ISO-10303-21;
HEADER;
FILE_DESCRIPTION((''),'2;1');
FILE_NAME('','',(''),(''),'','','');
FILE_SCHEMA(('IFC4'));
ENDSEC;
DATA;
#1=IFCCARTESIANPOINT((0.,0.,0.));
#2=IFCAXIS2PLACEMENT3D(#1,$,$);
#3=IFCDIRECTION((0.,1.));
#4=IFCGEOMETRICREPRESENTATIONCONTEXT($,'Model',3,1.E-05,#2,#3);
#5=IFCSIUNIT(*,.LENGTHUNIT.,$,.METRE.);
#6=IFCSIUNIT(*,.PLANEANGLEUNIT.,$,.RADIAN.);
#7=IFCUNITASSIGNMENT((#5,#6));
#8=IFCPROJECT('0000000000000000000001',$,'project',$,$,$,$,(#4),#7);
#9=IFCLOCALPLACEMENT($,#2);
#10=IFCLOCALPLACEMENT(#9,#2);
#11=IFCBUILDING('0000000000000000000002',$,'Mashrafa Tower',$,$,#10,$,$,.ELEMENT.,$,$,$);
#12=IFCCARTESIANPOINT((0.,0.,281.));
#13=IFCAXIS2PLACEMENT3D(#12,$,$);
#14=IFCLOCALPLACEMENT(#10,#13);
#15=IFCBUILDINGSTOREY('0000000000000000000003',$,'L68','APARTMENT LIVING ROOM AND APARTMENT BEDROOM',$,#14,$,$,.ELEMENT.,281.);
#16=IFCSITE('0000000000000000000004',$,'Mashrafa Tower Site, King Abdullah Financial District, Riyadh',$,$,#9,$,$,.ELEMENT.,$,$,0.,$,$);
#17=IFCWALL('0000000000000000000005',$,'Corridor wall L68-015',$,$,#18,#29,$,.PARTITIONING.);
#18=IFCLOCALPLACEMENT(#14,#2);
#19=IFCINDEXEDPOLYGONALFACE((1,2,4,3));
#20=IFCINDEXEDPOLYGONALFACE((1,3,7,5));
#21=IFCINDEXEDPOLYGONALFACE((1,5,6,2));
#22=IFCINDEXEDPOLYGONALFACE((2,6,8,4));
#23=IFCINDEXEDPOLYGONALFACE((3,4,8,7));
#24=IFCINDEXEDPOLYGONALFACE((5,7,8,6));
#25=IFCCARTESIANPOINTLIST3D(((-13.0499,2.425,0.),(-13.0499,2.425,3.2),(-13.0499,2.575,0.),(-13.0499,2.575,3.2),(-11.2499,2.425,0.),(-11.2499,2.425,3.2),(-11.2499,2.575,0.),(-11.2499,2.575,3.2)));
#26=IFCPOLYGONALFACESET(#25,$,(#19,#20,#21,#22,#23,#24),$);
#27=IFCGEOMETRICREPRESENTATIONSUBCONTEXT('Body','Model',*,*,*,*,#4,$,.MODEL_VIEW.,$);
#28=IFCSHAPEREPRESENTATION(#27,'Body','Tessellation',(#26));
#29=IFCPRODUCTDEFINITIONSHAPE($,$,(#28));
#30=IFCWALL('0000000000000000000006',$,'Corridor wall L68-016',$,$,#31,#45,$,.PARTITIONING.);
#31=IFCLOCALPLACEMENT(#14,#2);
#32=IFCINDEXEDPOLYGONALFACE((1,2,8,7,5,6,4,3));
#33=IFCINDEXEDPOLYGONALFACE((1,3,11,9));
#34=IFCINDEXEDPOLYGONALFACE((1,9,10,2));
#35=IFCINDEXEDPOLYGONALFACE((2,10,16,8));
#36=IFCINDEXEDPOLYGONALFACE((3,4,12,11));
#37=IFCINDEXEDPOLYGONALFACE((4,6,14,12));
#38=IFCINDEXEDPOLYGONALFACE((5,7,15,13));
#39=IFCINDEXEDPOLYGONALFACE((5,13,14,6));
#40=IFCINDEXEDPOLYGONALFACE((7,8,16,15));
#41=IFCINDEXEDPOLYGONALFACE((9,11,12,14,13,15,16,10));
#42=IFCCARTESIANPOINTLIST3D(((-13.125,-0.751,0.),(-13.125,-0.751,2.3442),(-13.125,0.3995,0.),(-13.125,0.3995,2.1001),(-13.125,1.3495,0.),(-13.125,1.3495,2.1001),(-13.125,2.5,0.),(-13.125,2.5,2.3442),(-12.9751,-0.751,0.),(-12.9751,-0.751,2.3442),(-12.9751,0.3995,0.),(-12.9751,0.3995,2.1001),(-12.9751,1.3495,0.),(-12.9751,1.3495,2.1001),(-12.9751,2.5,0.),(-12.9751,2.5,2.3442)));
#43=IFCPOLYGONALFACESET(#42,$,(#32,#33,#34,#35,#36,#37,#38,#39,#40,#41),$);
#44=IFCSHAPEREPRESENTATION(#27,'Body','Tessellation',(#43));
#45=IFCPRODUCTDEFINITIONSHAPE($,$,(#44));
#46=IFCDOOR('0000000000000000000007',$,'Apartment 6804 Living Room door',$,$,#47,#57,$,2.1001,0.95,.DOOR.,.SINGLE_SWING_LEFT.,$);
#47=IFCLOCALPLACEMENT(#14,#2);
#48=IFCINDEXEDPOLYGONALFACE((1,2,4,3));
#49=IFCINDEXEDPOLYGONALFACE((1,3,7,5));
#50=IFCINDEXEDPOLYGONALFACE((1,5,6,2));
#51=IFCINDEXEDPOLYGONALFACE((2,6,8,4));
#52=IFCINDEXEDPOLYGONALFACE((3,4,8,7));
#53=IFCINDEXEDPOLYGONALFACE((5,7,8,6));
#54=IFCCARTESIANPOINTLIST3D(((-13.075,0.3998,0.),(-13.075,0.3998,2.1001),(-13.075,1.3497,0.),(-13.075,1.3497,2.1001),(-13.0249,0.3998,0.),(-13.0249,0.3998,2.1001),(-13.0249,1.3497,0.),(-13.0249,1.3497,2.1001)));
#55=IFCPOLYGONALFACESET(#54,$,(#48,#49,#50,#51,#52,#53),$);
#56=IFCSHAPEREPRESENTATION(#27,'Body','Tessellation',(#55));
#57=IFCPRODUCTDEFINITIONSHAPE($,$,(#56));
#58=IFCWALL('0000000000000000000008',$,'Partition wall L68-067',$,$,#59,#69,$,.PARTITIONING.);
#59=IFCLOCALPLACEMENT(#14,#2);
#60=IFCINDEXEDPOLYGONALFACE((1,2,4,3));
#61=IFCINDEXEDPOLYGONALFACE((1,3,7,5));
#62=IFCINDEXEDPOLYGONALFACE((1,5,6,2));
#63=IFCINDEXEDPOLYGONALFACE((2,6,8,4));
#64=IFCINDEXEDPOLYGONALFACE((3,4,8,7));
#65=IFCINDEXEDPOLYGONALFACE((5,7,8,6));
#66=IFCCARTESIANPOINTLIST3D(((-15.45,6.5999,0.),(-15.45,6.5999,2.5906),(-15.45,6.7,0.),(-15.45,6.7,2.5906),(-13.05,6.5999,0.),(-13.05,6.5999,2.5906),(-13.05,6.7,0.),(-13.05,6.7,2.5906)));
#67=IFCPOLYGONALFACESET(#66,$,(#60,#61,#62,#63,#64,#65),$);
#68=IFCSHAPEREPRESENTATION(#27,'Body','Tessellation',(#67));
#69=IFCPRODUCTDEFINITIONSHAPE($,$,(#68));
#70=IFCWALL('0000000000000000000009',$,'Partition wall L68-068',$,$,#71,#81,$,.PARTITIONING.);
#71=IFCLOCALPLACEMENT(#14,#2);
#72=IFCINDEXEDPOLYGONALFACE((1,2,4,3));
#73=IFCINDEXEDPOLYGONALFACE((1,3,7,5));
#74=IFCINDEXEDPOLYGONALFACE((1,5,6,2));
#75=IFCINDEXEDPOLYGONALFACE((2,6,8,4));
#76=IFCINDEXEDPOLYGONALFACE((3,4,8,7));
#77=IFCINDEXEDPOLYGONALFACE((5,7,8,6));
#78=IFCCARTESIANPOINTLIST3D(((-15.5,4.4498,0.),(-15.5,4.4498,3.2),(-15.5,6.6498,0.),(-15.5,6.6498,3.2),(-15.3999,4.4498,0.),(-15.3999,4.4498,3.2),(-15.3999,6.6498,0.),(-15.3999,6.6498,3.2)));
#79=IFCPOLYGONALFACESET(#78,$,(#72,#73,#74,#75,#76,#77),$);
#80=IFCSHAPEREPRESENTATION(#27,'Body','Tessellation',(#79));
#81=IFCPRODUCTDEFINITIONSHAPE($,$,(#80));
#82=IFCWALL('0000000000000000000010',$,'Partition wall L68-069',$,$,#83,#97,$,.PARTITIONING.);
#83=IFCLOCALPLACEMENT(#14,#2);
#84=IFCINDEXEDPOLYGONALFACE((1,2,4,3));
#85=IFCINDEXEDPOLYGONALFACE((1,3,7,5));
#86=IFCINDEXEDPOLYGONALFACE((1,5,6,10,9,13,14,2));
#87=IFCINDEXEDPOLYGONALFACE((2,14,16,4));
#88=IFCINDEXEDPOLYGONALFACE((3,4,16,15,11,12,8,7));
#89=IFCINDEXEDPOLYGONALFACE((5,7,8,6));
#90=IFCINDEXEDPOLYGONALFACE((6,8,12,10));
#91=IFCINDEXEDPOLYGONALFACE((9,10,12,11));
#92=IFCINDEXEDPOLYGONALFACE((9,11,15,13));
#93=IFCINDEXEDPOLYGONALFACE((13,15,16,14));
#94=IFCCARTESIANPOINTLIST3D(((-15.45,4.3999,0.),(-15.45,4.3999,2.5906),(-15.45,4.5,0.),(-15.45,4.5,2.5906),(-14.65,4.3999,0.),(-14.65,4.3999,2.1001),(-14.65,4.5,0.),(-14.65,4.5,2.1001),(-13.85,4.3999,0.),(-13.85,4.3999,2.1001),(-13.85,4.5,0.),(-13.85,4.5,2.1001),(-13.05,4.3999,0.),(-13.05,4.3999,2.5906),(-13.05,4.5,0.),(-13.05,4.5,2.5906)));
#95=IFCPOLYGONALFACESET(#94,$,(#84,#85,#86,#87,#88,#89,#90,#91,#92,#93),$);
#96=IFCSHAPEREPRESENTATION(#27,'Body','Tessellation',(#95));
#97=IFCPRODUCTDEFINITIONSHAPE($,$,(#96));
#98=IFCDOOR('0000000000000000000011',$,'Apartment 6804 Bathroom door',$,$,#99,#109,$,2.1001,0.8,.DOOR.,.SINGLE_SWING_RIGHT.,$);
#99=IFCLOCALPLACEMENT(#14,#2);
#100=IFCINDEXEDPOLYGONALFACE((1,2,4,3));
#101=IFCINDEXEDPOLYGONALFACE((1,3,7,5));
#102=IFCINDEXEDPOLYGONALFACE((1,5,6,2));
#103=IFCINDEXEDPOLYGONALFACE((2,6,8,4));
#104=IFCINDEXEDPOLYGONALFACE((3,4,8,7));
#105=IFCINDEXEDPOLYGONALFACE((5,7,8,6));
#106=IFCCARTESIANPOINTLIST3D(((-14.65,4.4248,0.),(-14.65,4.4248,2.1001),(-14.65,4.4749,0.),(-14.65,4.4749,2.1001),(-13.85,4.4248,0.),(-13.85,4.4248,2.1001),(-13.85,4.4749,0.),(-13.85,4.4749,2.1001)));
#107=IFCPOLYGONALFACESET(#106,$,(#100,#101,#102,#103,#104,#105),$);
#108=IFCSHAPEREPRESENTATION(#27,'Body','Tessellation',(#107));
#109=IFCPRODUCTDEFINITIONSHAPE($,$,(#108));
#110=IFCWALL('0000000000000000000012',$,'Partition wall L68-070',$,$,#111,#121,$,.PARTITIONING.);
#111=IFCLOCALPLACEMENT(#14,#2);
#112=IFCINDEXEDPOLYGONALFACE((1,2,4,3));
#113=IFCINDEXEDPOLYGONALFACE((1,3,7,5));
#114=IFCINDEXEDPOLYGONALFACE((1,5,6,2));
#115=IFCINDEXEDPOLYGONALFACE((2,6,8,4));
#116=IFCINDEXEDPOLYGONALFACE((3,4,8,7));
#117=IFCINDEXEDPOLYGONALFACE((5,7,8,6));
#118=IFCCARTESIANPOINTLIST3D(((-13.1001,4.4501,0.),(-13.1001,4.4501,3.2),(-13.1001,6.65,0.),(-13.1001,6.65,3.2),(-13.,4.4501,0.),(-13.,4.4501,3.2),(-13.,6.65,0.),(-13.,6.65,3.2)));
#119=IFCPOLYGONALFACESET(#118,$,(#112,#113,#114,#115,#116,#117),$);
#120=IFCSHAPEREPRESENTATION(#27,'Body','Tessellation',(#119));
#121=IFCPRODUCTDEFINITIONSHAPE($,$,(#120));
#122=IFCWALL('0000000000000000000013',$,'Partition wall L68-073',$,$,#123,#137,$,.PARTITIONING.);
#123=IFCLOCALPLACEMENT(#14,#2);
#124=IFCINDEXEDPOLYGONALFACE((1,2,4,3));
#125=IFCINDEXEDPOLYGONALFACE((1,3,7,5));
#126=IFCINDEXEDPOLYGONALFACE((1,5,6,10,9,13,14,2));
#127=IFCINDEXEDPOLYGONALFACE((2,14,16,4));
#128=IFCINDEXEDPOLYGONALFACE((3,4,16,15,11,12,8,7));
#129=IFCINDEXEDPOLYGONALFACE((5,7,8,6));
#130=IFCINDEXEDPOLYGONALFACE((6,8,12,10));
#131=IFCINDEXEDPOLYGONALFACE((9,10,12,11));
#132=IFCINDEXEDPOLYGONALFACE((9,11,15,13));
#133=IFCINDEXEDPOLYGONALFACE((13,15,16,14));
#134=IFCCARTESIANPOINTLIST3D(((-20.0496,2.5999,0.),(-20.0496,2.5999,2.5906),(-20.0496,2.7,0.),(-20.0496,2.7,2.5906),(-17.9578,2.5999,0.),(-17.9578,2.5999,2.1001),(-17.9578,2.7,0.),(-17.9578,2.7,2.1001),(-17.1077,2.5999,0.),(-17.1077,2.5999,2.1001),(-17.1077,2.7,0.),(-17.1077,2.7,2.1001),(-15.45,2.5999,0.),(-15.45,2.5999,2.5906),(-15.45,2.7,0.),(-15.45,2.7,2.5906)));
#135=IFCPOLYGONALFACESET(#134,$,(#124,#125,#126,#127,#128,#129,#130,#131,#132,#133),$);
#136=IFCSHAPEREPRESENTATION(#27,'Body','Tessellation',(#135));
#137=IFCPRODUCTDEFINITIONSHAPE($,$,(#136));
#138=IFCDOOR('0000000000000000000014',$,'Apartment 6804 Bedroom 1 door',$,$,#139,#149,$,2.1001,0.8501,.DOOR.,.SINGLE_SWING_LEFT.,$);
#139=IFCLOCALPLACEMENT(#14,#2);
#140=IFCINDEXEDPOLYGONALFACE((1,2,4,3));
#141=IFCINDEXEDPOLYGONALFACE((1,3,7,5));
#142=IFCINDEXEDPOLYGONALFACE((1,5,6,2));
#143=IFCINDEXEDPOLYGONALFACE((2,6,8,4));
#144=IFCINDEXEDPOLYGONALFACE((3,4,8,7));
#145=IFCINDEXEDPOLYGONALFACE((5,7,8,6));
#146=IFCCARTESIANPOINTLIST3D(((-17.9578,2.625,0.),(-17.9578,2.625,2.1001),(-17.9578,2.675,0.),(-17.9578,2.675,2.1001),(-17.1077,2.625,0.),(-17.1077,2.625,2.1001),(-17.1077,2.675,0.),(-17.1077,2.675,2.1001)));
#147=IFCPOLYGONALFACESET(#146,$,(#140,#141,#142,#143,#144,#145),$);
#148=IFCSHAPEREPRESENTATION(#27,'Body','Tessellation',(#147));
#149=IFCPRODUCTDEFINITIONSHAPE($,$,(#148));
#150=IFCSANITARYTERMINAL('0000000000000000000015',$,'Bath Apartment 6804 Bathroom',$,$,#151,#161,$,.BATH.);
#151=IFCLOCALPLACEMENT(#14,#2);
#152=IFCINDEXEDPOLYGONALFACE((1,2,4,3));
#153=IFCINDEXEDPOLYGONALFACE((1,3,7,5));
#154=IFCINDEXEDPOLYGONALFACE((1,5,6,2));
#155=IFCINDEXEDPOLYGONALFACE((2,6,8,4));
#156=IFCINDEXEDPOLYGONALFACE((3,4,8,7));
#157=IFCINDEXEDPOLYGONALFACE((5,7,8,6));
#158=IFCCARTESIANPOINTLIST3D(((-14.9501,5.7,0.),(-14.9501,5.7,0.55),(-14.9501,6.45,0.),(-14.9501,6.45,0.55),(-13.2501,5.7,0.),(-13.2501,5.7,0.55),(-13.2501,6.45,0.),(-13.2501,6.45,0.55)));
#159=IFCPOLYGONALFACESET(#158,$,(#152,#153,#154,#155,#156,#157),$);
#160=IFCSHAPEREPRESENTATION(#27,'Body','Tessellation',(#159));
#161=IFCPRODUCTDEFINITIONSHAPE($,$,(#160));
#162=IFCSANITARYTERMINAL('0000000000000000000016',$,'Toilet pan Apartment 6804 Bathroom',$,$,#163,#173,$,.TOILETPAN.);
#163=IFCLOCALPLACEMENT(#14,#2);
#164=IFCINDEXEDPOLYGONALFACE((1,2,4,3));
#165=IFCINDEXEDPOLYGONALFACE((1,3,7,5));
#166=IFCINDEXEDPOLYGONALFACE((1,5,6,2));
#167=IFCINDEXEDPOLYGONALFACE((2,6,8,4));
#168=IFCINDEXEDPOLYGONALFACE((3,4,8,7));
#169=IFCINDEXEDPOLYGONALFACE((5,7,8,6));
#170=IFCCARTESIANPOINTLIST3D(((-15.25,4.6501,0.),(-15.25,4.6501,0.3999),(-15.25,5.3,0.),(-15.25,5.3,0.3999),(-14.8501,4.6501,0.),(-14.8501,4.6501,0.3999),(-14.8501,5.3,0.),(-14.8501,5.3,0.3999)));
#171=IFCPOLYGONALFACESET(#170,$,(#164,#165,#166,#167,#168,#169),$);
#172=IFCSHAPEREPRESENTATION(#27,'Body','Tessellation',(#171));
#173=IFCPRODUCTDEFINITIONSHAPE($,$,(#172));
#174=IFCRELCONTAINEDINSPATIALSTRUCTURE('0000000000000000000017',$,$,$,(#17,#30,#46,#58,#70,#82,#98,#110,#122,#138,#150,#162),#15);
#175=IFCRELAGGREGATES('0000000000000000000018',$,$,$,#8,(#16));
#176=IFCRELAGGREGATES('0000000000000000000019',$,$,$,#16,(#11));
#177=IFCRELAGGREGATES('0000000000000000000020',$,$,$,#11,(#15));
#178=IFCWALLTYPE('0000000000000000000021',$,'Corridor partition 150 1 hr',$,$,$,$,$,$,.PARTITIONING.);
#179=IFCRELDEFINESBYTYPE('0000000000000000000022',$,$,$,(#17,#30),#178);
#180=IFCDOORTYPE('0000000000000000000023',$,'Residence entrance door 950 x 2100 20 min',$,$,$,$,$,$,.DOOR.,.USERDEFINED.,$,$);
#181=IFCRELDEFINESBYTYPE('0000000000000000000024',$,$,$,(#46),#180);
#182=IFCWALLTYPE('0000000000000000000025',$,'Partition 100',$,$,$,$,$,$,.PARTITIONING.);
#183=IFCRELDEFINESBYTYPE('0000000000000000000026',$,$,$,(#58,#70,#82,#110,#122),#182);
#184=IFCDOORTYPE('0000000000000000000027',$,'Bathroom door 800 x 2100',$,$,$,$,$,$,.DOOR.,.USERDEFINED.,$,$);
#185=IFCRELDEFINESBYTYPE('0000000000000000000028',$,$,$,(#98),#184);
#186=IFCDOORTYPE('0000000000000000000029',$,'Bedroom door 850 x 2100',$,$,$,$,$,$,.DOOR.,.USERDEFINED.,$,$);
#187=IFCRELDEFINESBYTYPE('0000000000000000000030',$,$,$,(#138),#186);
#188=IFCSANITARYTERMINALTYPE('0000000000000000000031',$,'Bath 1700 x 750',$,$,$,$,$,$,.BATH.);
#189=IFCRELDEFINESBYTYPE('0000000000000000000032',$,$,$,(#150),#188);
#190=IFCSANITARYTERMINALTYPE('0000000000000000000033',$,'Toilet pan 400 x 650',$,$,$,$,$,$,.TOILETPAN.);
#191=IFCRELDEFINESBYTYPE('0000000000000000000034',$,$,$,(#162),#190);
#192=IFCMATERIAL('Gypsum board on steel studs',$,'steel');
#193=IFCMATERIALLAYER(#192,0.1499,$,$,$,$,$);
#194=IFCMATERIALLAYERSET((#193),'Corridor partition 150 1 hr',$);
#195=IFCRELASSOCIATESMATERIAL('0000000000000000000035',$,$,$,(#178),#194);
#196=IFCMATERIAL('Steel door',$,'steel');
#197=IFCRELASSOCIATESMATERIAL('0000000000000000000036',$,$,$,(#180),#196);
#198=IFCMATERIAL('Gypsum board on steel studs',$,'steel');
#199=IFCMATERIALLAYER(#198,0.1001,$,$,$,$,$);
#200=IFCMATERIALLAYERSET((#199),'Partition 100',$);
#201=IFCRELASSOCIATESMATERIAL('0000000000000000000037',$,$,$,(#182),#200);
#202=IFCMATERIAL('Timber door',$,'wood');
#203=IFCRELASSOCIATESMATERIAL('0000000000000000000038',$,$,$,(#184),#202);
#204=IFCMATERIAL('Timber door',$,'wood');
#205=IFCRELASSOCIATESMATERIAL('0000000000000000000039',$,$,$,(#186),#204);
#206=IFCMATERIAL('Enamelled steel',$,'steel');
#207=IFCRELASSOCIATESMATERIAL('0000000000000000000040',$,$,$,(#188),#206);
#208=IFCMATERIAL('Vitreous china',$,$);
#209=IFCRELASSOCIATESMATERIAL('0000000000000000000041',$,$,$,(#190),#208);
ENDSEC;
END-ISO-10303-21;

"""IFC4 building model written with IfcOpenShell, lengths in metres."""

from ifc_helpers import new_model, si_unit, direction, frame, frame_2d, origin, origin_2d, place, context, subcontext, project, spatial, rectangle, extrude, material, layer, layer_set, type_object, element, fill, save


model = new_model("IFC4")

# Units and contexts
model_context = context("Model", 3, precision=1e-05, world=origin(), true_north=direction((0.0, 1.0)))
body_context = subcontext(model_context, "Body", "Model", "MODEL_VIEW")
ifc_project = project(units=[si_unit("LENGTHUNIT", "METRE"), si_unit("PLANEANGLEUNIT", "RADIAN")], contexts=[model_context])

# Site, building, storey
site_placement = place(None, origin())
site = spatial("IfcSite", under=ifc_project, at=site_placement, Name="Mashrafa Tower Site, King Abdullah Financial District, Riyadh", CompositionType="ELEMENT", RefElevation=0.0)
building_placement = place(site_placement, origin())
building = spatial("IfcBuilding", under=site, at=building_placement, Name="Mashrafa Tower", CompositionType="ELEMENT")
storey_placement = place(building_placement, frame((0.0, 0.0, 281.0)))
storey = spatial("IfcBuildingStorey", under=building, at=storey_placement, Name="L68", Description="APARTMENT LIVING ROOM AND APARTMENT BEDROOM", CompositionType="ELEMENT", Elevation=281.0)

# Wall
ifc_material_1 = material(Name="Gypsum board on steel studs", Category="steel")
ifc_layer_1 = layer(ifc_material_1, 0.1499)
ifc_layer_set_1 = layer_set([ifc_layer_1], Name="Corridor partition 150 1 hr")
wall_type_1 = type_object("IfcWallType", Name="Corridor partition 150 1 hr", PredefinedType="PARTITIONING", material=ifc_layer_set_1)
wall_1_placement = place(storey_placement, frame((-11.25, 2.5, 0.0), z_axis=(0.0, 0.0, 1.0), x_axis=(-1.0, 0.0, 0.0)))
element("IfcWall", 1, at=wall_1_placement, inside=storey, type_object=wall_type_1, Name="Corridor wall L68-015", PredefinedType="PARTITIONING", context=body_context, shape_type="SweptSolid", body=[
    extrude(rectangle(XDim=1.8, YDim=0.1499, at=frame_2d((0.8999, 0.0))), origin(), (0.0, 0.0, 1.0), 3.2),
])

# Wall, opening, door
wall_2_placement = place(storey_placement, frame((-13.05, 2.5, 0.0), z_axis=(0.0, 0.0, 1.0), x_axis=(0.0, -1.0, 0.0)))
wall_2 = element("IfcWall", 2, at=wall_2_placement, inside=storey, type_object=wall_type_1, Name="Corridor wall L68-016", PredefinedType="PARTITIONING", context=body_context, shape_type="SweptSolid", body=[
    extrude(rectangle(XDim=3.251, YDim=0.1499, at=frame_2d((1.6255, 0.0))), origin(), (0.0, 0.0, 1.0), 2.3442),
])
opening_1_placement = place(wall_2_placement, frame((1.1504, 0.0, 0.0)))
opening_1 = element("IfcOpeningElement", 3, at=opening_1_placement, cuts=wall_2, PredefinedType="OPENING", context=body_context, shape_type="SweptSolid", body=[
    extrude(rectangle(XDim=0.95, YDim=2.1001, at=frame_2d((0.4751, 1.05))), frame((0.0, 0.085, 0.0), z_axis=(0.0, -1.0, 0.0), x_axis=(1.0, 0.0, 0.0)), (0.0, 0.0, 1.0), 0.1699),
])
ifc_material_2 = material(Name="Steel door", Category="steel")
door_type_1 = type_object("IfcDoorType", Name="Residence entrance door 950 x 2100 20 min", OperationType="USERDEFINED", PredefinedType="DOOR", material=ifc_material_2)
door_1_placement = place(opening_1_placement, frame((0.95, 0.0, 0.0), z_axis=(0.0, 0.0, 1.0), x_axis=(-1.0, 0.0, 0.0)))
door_1 = element("IfcDoor", 4, at=door_1_placement, inside=storey, type_object=door_type_1, Name="Apartment 6804 Living Room door", OperationType="SINGLE_SWING_LEFT", OverallHeight=2.1001, OverallWidth=0.95, PredefinedType="DOOR", context=body_context, shape_type="SweptSolid", body=[
    extrude(rectangle(XDim=0.95, YDim=2.1001, at=frame_2d((0.4751, 1.05))), frame((0.0, 0.0249, 0.0), z_axis=(0.0, -1.0, 0.0), x_axis=(1.0, 0.0, 0.0)), (0.0, 0.0, 1.0), 0.05),
])
fill(opening_1, door_1)

# Walls
ifc_material_3 = material(Name="Gypsum board on steel studs", Category="steel")
ifc_layer_2 = layer(ifc_material_3, 0.1001)
ifc_layer_set_2 = layer_set([ifc_layer_2], Name="Partition 100")
wall_type_2 = type_object("IfcWallType", Name="Partition 100", PredefinedType="PARTITIONING", material=ifc_layer_set_2)
wall_3_placement = place(storey_placement, frame((-15.45, 6.6499, 0.0), z_axis=(0.0, 0.0, 1.0), x_axis=(1.0, 0.0, 0.0)))
element("IfcWall", 5, at=wall_3_placement, inside=storey, type_object=wall_type_2, Name="Partition wall L68-067", PredefinedType="PARTITIONING", context=body_context, shape_type="SweptSolid", body=[
    extrude(rectangle(XDim=2.3999, YDim=0.1001, at=frame_2d((1.2, 0.0))), origin(), (0.0, 0.0, 1.0), 2.5906),
])
wall_4_placement = place(storey_placement, frame((-15.45, 6.6499, 0.0), z_axis=(0.0, 0.0, 1.0), x_axis=(0.0, -1.0, 0.0)))
element("IfcWall", 6, at=wall_4_placement, inside=storey, type_object=wall_type_2, Name="Partition wall L68-068", PredefinedType="PARTITIONING", context=body_context, shape_type="SweptSolid", body=[
    extrude(rectangle(XDim=2.2, YDim=0.1001, at=frame_2d((1.1001, 0.0))), origin(), (0.0, 0.0, 1.0), 3.2),
])

# Wall, opening, door
wall_5_placement = place(storey_placement, frame((-15.45, 4.45, 0.0), z_axis=(0.0, 0.0, 1.0), x_axis=(1.0, 0.0, 0.0)))
wall_5 = element("IfcWall", 7, at=wall_5_placement, inside=storey, type_object=wall_type_2, Name="Partition wall L68-069", PredefinedType="PARTITIONING", context=body_context, shape_type="SweptSolid", body=[
    extrude(rectangle(XDim=2.3999, YDim=0.1001, at=frame_2d((1.2, 0.0))), origin(), (0.0, 0.0, 1.0), 2.5906),
])
opening_2_placement = place(wall_5_placement, frame((0.8, 0.0, 0.0)))
opening_2 = element("IfcOpeningElement", 8, at=opening_2_placement, cuts=wall_5, PredefinedType="OPENING", context=body_context, shape_type="SweptSolid", body=[
    extrude(rectangle(XDim=0.8, YDim=2.1001, at=frame_2d((0.3999, 1.05))), frame((0.0, 0.0601, 0.0), z_axis=(0.0, -1.0, 0.0), x_axis=(1.0, 0.0, 0.0)), (0.0, 0.0, 1.0), 0.1201),
])
ifc_material_4 = material(Name="Timber door", Category="wood")
door_type_2 = type_object("IfcDoorType", Name="Bathroom door 800 x 2100", OperationType="USERDEFINED", PredefinedType="DOOR", material=ifc_material_4)
door_2_placement = place(opening_2_placement, origin())
door_2 = element("IfcDoor", 9, at=door_2_placement, inside=storey, type_object=door_type_2, Name="Apartment 6804 Bathroom door", OperationType="SINGLE_SWING_RIGHT", OverallHeight=2.1001, OverallWidth=0.8, PredefinedType="DOOR", context=body_context, shape_type="SweptSolid", body=[
    extrude(rectangle(XDim=0.8, YDim=2.1001, at=frame_2d((0.3999, 1.05))), frame((0.0, 0.0249, 0.0), z_axis=(0.0, -1.0, 0.0), x_axis=(1.0, 0.0, 0.0)), (0.0, 0.0, 1.0), 0.05),
])
fill(opening_2, door_2)

# Wall
wall_6_placement = place(storey_placement, frame((-13.05, 4.45, 0.0), z_axis=(0.0, 0.0, 1.0), x_axis=(0.0, 1.0, 0.0)))
element("IfcWall", 10, at=wall_6_placement, inside=storey, type_object=wall_type_2, Name="Partition wall L68-070", PredefinedType="PARTITIONING", context=body_context, shape_type="SweptSolid", body=[
    extrude(rectangle(XDim=2.2, YDim=0.1001, at=frame_2d((1.1001, 0.0))), origin(), (0.0, 0.0, 1.0), 3.2),
])

# Wall, opening, door
wall_7_placement = place(storey_placement, frame((-15.45, 2.6499, 0.0), z_axis=(0.0, 0.0, 1.0), x_axis=(-1.0, 0.0, 0.0)))
wall_7 = element("IfcWall", 11, at=wall_7_placement, inside=storey, type_object=wall_type_2, Name="Partition wall L68-073", PredefinedType="PARTITIONING", context=body_context, shape_type="SweptSolid", body=[
    extrude(rectangle(XDim=4.5996, YDim=0.1001, at=frame_2d((2.2998, 0.0))), origin(), (0.0, 0.0, 1.0), 2.5906),
])
opening_3_placement = place(wall_7_placement, frame((1.6577, 0.0, 0.0)))
opening_3 = element("IfcOpeningElement", 12, at=opening_3_placement, cuts=wall_7, PredefinedType="OPENING", context=body_context, shape_type="SweptSolid", body=[
    extrude(rectangle(XDim=0.8501, YDim=2.1001, at=frame_2d((0.425, 1.05))), frame((0.0, 0.0601, 0.0), z_axis=(0.0, -1.0, 0.0), x_axis=(1.0, 0.0, 0.0)), (0.0, 0.0, 1.0), 0.1201),
])
ifc_material_5 = material(Name="Timber door", Category="wood")
door_type_3 = type_object("IfcDoorType", Name="Bedroom door 850 x 2100", OperationType="USERDEFINED", PredefinedType="DOOR", material=ifc_material_5)
door_3_placement = place(opening_3_placement, origin())
door_3 = element("IfcDoor", 13, at=door_3_placement, inside=storey, type_object=door_type_3, Name="Apartment 6804 Bedroom 1 door", OperationType="SINGLE_SWING_LEFT", OverallHeight=2.1001, OverallWidth=0.8501, PredefinedType="DOOR", context=body_context, shape_type="SweptSolid", body=[
    extrude(rectangle(XDim=0.8501, YDim=2.1001, at=frame_2d((0.425, 1.05))), frame((0.0, 0.0249, 0.0), z_axis=(0.0, -1.0, 0.0), x_axis=(1.0, 0.0, 0.0)), (0.0, 0.0, 1.0), 0.05),
])
fill(opening_3, door_3)

# Sanitary terminals
ifc_material_6 = material(Name="Enamelled steel", Category="steel")
sanitary_terminal_type_1 = type_object("IfcSanitaryTerminalType", Name="Bath 1700 x 750", PredefinedType="BATH", material=ifc_material_6)
sanitary_terminal_1_placement = place(storey_placement, frame((-14.1001, 6.075, 0.0), z_axis=(0.0, 0.0, 1.0), x_axis=(-1.0, 0.0, 0.0)))
element("IfcSanitaryTerminal", 14, at=sanitary_terminal_1_placement, inside=storey, type_object=sanitary_terminal_type_1, Name="Bath Apartment 6804 Bathroom", PredefinedType="BATH", context=body_context, shape_type="SweptSolid", body=[
    extrude(rectangle(XDim=1.7, YDim=0.75, at=origin_2d()), origin(), (0.0, 0.0, 1.0), 0.55),
])
ifc_material_7 = material(Name="Vitreous china")
sanitary_terminal_type_2 = type_object("IfcSanitaryTerminalType", Name="Toilet pan 400 x 650", PredefinedType="TOILETPAN", material=ifc_material_7)
sanitary_terminal_2_placement = place(storey_placement, frame((-15.05, 4.9751, 0.0), z_axis=(0.0, 0.0, 1.0), x_axis=(1.0, 0.0, 0.0)))
element("IfcSanitaryTerminal", 15, at=sanitary_terminal_2_placement, inside=storey, type_object=sanitary_terminal_type_2, Name="Toilet pan Apartment 6804 Bathroom", PredefinedType="TOILETPAN", context=body_context, shape_type="SweptSolid", body=[
    extrude(rectangle(XDim=0.3999, YDim=0.6499, at=origin_2d()), origin(), (0.0, 0.0, 1.0), 0.3999),
])

save(model, "model.ifc")
